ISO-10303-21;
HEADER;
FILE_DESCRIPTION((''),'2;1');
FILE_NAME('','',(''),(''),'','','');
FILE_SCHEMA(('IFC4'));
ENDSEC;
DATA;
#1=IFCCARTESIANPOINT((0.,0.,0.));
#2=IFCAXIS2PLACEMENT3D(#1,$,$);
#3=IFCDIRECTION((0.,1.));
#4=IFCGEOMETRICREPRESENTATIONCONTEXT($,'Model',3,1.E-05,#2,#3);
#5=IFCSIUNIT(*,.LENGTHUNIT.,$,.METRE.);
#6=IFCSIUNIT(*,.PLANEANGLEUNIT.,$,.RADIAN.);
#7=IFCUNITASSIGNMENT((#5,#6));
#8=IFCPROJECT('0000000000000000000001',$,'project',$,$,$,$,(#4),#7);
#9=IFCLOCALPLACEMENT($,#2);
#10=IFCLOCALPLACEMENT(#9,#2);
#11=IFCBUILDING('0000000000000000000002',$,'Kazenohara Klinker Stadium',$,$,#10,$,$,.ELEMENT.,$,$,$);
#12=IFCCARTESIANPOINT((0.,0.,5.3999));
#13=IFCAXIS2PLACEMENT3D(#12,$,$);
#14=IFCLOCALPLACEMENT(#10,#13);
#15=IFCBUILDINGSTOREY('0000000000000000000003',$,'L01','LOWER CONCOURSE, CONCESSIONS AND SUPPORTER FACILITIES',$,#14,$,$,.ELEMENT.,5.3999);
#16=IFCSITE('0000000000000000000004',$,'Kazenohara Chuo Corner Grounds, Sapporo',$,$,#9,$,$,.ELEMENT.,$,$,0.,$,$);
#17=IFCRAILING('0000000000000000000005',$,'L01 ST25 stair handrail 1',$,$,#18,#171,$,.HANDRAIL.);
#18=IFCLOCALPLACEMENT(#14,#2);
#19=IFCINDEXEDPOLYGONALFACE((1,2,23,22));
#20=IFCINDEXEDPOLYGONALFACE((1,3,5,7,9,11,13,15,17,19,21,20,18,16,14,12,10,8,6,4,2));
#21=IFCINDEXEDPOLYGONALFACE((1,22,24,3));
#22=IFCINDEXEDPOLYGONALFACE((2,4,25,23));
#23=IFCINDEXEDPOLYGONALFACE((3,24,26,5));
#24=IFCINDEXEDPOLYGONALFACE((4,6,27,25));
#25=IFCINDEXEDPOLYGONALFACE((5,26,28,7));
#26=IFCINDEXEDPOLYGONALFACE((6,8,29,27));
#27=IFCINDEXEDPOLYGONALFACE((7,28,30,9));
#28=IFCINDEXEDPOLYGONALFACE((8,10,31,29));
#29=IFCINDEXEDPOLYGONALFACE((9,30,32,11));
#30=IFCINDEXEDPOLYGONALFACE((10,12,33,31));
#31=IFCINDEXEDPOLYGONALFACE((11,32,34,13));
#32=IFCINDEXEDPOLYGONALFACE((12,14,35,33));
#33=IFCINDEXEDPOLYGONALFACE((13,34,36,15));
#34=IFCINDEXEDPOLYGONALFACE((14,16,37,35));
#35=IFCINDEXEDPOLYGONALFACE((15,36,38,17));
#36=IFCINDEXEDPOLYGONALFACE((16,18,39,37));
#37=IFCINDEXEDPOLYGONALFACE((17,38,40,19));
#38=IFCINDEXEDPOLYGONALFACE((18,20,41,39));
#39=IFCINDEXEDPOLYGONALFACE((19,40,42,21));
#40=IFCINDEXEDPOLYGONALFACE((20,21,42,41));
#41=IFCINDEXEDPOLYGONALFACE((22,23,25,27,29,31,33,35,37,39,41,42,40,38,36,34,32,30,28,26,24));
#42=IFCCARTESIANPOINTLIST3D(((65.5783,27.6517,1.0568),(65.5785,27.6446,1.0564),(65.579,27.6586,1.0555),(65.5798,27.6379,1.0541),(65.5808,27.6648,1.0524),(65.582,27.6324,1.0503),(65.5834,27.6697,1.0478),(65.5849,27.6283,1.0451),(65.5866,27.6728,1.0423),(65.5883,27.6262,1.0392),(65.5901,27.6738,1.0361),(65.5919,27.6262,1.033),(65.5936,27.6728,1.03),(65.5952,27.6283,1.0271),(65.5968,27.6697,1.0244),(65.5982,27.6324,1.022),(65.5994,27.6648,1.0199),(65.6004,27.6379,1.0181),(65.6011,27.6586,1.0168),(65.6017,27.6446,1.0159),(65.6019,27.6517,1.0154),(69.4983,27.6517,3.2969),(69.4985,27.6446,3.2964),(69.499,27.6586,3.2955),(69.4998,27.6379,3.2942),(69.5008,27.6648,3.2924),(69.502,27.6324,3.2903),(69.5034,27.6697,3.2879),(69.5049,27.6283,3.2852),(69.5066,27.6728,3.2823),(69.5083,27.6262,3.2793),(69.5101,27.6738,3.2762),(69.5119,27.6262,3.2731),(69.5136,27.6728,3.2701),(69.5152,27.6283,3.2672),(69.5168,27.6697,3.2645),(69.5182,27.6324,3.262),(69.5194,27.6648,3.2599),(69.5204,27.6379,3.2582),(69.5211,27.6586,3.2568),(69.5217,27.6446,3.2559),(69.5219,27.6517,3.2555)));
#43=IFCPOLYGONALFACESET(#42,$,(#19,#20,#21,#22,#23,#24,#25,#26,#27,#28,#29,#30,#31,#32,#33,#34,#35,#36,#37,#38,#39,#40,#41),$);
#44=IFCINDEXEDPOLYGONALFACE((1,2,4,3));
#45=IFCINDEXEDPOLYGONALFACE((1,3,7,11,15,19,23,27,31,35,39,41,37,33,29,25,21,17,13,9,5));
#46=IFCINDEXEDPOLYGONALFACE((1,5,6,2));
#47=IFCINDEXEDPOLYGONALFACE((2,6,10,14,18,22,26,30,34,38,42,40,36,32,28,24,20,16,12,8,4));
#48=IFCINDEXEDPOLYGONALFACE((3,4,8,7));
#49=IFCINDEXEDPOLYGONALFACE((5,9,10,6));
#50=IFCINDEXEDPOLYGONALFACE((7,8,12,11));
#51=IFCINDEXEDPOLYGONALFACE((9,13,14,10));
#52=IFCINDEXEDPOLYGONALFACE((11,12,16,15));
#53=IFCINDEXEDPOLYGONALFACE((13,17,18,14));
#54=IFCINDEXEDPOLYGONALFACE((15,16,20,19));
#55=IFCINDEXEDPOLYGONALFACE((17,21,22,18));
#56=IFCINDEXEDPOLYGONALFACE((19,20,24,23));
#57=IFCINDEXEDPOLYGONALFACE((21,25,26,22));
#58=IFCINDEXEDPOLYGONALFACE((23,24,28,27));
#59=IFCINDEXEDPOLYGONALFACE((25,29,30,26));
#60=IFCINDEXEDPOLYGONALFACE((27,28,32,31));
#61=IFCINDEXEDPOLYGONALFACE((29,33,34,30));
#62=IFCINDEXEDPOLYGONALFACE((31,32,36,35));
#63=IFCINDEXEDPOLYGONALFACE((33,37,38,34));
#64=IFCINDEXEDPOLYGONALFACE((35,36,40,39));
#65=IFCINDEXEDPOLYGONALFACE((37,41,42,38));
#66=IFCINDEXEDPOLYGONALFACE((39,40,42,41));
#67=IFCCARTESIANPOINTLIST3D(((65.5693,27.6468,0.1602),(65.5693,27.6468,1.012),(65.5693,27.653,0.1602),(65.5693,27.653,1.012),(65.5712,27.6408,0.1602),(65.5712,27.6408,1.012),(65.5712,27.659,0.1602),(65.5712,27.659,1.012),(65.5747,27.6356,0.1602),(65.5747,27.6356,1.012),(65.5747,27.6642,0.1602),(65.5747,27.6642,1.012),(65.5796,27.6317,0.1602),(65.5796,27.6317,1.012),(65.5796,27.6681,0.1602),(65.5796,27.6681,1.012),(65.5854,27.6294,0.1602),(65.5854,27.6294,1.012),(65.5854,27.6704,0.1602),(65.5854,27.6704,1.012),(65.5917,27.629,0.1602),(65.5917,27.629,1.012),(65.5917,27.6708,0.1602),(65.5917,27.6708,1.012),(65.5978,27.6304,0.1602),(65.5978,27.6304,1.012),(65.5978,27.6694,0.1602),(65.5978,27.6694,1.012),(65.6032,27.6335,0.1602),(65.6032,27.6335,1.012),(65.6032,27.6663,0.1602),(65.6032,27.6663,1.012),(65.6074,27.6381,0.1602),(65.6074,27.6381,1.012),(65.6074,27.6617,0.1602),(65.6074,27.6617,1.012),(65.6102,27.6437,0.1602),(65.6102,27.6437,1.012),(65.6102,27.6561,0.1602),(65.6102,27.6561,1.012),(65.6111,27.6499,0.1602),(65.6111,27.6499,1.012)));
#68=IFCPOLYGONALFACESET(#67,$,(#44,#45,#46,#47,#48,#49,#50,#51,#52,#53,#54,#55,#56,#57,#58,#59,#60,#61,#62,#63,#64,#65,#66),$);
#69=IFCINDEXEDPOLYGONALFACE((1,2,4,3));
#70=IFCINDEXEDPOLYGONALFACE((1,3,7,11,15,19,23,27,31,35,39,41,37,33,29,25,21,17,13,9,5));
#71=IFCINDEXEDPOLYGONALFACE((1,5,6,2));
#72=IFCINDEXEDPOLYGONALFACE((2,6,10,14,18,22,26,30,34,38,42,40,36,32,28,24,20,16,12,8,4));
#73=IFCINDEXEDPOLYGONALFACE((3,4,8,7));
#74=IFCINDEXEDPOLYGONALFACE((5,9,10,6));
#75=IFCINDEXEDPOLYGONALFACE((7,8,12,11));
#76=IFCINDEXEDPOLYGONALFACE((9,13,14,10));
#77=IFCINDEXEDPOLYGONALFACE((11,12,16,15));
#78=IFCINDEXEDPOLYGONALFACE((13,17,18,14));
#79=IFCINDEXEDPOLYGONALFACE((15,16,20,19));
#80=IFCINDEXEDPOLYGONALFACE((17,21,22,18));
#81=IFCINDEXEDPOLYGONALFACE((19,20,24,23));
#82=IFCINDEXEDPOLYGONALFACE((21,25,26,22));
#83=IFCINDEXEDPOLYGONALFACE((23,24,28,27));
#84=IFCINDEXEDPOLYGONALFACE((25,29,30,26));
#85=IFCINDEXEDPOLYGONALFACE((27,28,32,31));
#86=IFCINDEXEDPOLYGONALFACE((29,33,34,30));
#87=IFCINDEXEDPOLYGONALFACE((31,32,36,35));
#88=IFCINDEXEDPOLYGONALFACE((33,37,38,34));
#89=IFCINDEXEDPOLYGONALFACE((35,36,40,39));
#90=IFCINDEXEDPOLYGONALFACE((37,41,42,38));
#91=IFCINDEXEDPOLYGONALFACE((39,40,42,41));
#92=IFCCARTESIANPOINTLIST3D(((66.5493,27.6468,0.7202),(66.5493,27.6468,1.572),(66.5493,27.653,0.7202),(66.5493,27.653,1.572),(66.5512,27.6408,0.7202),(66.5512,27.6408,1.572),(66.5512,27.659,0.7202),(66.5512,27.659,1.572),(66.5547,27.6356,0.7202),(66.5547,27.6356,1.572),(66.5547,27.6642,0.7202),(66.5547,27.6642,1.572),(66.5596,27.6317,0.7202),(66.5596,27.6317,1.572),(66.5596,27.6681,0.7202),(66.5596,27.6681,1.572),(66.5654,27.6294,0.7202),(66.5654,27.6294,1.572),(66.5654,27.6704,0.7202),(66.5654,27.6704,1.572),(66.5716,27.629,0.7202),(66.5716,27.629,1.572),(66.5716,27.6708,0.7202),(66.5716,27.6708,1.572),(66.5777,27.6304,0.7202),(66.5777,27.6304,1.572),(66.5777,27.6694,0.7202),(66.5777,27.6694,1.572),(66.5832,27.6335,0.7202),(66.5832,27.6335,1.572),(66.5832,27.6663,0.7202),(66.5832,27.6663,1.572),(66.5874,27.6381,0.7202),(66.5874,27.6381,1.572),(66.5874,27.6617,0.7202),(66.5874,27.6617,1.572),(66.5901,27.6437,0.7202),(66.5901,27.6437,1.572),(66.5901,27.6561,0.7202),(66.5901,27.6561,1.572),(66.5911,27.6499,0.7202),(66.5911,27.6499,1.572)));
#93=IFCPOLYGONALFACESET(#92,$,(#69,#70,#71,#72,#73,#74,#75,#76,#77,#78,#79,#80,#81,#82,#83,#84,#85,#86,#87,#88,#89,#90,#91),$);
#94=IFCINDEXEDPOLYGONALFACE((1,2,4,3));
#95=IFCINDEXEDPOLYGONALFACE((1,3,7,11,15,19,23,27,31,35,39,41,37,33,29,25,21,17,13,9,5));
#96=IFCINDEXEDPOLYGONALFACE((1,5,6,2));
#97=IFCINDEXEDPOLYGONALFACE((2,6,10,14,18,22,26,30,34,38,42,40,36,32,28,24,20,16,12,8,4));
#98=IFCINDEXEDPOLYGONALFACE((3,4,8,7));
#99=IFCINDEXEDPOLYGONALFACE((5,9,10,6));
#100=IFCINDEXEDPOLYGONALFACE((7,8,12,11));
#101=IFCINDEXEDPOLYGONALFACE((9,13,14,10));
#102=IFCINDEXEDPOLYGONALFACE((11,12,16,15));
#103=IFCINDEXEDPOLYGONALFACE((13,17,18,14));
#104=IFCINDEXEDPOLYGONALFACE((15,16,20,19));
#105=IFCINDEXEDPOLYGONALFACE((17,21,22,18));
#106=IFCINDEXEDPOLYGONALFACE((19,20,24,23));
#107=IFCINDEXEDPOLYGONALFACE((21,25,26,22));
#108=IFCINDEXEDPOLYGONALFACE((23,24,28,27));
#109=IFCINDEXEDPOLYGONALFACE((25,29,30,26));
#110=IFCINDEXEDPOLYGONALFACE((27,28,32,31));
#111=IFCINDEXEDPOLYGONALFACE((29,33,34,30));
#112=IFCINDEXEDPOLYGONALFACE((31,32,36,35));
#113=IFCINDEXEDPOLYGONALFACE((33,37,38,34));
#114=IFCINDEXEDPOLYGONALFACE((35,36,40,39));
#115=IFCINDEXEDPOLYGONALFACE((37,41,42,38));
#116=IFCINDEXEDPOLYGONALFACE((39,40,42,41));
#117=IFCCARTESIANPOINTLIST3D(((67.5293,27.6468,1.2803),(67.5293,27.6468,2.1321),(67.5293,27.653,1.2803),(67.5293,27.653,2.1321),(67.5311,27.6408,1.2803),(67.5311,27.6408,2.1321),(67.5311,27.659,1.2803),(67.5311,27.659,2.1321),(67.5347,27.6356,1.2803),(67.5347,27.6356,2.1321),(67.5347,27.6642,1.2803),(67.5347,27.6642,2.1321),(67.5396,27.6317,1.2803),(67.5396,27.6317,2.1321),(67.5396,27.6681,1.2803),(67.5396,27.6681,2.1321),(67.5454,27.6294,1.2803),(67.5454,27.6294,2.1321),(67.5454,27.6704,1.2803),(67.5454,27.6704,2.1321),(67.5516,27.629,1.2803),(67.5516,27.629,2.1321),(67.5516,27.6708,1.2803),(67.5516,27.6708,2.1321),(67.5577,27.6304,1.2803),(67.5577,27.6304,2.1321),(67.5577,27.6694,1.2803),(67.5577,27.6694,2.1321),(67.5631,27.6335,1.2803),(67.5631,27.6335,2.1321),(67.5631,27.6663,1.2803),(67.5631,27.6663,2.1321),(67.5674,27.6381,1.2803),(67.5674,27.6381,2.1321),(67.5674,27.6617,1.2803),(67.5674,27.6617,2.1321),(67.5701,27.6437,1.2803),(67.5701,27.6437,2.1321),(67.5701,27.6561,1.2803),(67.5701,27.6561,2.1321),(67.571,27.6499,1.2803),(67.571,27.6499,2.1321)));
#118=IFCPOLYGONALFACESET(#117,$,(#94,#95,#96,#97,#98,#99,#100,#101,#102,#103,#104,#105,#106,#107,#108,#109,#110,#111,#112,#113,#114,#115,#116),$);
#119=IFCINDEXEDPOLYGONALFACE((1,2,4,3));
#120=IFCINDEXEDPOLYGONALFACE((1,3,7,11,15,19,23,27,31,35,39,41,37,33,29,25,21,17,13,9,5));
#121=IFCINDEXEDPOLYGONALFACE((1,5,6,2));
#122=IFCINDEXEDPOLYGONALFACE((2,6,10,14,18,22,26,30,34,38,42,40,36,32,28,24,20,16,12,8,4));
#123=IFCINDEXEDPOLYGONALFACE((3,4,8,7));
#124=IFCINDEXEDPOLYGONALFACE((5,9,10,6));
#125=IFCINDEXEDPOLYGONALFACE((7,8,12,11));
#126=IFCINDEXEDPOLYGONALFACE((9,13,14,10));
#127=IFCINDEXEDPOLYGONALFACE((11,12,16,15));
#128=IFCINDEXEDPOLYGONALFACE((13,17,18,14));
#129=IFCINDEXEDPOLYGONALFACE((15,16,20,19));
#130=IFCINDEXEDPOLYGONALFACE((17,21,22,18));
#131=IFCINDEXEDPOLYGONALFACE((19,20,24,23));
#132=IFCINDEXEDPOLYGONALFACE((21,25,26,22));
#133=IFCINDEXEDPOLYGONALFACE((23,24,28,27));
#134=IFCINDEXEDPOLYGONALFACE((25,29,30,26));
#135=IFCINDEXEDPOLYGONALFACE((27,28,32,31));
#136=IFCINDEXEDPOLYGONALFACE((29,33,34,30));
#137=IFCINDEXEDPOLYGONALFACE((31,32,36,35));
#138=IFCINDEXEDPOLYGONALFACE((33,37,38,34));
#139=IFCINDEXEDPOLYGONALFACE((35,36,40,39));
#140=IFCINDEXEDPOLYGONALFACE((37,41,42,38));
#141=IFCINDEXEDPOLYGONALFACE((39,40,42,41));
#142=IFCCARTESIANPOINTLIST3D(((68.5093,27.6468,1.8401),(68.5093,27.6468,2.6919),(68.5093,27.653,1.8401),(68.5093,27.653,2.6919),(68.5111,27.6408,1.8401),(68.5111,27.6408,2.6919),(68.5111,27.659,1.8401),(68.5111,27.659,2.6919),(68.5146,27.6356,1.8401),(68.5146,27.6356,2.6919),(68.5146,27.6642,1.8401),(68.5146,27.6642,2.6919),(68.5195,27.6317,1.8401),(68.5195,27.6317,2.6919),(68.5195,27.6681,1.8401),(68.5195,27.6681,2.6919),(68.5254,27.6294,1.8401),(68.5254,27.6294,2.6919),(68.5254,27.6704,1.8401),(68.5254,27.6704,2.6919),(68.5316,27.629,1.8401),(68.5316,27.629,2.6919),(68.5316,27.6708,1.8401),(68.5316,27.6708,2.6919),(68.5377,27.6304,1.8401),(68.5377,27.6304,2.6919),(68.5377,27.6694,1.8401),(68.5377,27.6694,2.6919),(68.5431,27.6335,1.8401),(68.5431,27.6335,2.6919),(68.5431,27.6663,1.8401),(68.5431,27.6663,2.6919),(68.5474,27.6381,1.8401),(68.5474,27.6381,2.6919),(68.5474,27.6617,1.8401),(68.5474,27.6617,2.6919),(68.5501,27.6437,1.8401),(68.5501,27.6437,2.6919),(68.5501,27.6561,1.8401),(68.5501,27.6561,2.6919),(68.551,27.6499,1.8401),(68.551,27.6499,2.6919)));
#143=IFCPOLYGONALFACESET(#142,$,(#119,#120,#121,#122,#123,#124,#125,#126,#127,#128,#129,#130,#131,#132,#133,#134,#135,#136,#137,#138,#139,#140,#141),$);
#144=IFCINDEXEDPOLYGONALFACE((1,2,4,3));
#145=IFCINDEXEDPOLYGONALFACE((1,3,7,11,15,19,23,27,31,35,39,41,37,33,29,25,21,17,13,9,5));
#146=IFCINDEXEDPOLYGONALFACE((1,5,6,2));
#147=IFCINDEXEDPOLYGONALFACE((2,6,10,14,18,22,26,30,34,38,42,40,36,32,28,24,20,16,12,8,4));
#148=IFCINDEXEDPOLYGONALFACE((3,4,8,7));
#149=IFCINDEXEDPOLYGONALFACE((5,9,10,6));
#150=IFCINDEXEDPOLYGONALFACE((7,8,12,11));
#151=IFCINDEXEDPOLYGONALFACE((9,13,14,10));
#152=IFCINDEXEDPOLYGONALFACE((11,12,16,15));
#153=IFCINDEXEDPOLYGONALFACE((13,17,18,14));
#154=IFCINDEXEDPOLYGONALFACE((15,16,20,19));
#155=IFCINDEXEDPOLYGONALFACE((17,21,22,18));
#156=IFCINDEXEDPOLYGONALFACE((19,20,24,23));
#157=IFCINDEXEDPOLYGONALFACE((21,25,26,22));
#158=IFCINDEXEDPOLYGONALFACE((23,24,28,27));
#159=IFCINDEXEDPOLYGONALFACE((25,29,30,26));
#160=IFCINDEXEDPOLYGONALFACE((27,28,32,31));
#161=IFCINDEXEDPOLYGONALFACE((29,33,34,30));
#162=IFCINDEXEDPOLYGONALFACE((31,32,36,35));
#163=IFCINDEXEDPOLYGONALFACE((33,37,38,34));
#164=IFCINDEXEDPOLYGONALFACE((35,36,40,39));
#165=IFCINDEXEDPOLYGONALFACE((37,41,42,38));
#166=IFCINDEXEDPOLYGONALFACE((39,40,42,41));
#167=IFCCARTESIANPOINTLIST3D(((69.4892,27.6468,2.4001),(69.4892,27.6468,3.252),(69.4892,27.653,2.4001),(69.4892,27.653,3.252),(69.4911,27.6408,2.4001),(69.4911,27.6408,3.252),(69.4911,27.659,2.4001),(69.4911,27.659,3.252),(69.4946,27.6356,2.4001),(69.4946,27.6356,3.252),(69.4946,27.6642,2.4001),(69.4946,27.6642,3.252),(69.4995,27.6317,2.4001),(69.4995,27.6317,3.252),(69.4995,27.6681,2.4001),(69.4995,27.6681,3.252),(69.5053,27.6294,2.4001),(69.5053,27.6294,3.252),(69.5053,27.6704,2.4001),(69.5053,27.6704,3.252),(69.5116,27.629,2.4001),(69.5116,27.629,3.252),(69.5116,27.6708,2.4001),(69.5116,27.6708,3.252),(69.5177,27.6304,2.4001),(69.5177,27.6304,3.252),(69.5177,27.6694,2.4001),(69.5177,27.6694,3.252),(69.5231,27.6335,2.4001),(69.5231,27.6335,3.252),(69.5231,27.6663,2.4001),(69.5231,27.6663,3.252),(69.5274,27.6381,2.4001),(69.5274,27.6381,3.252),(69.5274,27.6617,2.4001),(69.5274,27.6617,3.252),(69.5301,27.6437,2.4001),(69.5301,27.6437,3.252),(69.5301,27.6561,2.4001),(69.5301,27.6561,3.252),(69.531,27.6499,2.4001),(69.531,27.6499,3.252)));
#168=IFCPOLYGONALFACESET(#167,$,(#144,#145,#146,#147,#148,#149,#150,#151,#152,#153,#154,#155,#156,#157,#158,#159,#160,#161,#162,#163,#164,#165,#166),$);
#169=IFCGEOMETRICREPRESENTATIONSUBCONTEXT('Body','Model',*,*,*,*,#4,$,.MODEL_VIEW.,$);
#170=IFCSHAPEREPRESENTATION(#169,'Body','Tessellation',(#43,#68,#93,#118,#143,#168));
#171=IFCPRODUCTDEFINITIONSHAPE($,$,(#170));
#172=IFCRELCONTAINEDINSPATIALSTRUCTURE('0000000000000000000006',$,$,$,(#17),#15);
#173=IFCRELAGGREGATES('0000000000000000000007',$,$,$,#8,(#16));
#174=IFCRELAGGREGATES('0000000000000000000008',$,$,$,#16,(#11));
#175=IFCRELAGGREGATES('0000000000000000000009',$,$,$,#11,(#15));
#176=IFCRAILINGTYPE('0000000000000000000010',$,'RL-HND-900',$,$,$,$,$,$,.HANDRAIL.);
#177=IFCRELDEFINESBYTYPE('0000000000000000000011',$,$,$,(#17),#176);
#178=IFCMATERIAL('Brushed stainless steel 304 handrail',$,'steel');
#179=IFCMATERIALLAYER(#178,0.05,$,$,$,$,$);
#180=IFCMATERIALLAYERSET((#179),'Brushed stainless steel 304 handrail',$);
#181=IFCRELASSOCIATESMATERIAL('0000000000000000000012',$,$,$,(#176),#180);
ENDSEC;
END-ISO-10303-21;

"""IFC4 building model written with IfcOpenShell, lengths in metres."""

from ifc_helpers import new_model, si_unit, direction, frame, origin, origin_2d, place, context, subcontext, project, spatial, circle, extrude, material, layer, layer_set, type_object, element, save


model = new_model("IFC4")

# Units and contexts
model_context = context("Model", 3, precision=1e-05, world=origin(), true_north=direction((0.0, 1.0)))
body_context = subcontext(model_context, "Body", "Model", "MODEL_VIEW")
ifc_project = project(units=[si_unit("LENGTHUNIT", "METRE"), si_unit("PLANEANGLEUNIT", "RADIAN")], contexts=[model_context])

# Site, building, storey
site_placement = place(None, origin())
site = spatial("IfcSite", under=ifc_project, at=site_placement, Name="Kazenohara Chuo Corner Grounds, Sapporo", CompositionType="ELEMENT", RefElevation=0.0)
building_placement = place(site_placement, origin())
building = spatial("IfcBuilding", under=site, at=building_placement, Name="Kazenohara Klinker Stadium", CompositionType="ELEMENT")
storey_placement = place(building_placement, frame((0.0, 0.0, 5.3999)))
storey = spatial("IfcBuildingStorey", under=building, at=storey_placement, Name="L01", Description="LOWER CONCOURSE, CONCESSIONS AND SUPPORTER FACILITIES", CompositionType="ELEMENT", Elevation=5.3999)

# Railing
ifc_material_1 = material(Name="Brushed stainless steel 304 handrail", Category="steel")
ifc_layer_1 = layer(ifc_material_1, 0.05)
ifc_layer_set_1 = layer_set([ifc_layer_1], Name="Brushed stainless steel 304 handrail")
railing_type_1 = type_object("IfcRailingType", Name="RL-HND-900", PredefinedType="HANDRAIL", material=ifc_layer_set_1)
railing_1_placement = place(storey_placement, frame((65.5901, 27.6499, 0.1602)))
element("IfcRailing", 1, at=railing_1_placement, inside=storey, type_object=railing_type_1, Name="L01 ST25 stair handrail 1", PredefinedType="HANDRAIL", context=body_context, shape_type="SweptSolid", body=[
    extrude(circle(Radius=0.0239, at=origin_2d()), frame((0.0, 0.0, 0.876), z_axis=(0.86824, 0.0, 0.496145), x_axis=(0.0, 1.0, 0.0)), (0.0, 0.0, 1.0), 4.5149),
    extrude(circle(Radius=0.021, at=origin_2d()), origin(), (0.0, 0.0, 1.0), 0.8518),
    extrude(circle(Radius=0.021, at=origin_2d()), frame((0.98, 0.0, 0.5601)), (0.0, 0.0, 1.0), 0.8518),
    extrude(circle(Radius=0.021, at=origin_2d()), frame((1.96, 0.0, 1.1201)), (0.0, 0.0, 1.0), 0.8518),
    extrude(circle(Radius=0.021, at=origin_2d()), frame((2.9399, 0.0, 1.6799)), (0.0, 0.0, 1.0), 0.8518),
    extrude(circle(Radius=0.021, at=origin_2d()), frame((3.9199, 0.0, 2.24)), (0.0, 0.0, 1.0), 0.8518),
])

save(model, "model.ifc")
